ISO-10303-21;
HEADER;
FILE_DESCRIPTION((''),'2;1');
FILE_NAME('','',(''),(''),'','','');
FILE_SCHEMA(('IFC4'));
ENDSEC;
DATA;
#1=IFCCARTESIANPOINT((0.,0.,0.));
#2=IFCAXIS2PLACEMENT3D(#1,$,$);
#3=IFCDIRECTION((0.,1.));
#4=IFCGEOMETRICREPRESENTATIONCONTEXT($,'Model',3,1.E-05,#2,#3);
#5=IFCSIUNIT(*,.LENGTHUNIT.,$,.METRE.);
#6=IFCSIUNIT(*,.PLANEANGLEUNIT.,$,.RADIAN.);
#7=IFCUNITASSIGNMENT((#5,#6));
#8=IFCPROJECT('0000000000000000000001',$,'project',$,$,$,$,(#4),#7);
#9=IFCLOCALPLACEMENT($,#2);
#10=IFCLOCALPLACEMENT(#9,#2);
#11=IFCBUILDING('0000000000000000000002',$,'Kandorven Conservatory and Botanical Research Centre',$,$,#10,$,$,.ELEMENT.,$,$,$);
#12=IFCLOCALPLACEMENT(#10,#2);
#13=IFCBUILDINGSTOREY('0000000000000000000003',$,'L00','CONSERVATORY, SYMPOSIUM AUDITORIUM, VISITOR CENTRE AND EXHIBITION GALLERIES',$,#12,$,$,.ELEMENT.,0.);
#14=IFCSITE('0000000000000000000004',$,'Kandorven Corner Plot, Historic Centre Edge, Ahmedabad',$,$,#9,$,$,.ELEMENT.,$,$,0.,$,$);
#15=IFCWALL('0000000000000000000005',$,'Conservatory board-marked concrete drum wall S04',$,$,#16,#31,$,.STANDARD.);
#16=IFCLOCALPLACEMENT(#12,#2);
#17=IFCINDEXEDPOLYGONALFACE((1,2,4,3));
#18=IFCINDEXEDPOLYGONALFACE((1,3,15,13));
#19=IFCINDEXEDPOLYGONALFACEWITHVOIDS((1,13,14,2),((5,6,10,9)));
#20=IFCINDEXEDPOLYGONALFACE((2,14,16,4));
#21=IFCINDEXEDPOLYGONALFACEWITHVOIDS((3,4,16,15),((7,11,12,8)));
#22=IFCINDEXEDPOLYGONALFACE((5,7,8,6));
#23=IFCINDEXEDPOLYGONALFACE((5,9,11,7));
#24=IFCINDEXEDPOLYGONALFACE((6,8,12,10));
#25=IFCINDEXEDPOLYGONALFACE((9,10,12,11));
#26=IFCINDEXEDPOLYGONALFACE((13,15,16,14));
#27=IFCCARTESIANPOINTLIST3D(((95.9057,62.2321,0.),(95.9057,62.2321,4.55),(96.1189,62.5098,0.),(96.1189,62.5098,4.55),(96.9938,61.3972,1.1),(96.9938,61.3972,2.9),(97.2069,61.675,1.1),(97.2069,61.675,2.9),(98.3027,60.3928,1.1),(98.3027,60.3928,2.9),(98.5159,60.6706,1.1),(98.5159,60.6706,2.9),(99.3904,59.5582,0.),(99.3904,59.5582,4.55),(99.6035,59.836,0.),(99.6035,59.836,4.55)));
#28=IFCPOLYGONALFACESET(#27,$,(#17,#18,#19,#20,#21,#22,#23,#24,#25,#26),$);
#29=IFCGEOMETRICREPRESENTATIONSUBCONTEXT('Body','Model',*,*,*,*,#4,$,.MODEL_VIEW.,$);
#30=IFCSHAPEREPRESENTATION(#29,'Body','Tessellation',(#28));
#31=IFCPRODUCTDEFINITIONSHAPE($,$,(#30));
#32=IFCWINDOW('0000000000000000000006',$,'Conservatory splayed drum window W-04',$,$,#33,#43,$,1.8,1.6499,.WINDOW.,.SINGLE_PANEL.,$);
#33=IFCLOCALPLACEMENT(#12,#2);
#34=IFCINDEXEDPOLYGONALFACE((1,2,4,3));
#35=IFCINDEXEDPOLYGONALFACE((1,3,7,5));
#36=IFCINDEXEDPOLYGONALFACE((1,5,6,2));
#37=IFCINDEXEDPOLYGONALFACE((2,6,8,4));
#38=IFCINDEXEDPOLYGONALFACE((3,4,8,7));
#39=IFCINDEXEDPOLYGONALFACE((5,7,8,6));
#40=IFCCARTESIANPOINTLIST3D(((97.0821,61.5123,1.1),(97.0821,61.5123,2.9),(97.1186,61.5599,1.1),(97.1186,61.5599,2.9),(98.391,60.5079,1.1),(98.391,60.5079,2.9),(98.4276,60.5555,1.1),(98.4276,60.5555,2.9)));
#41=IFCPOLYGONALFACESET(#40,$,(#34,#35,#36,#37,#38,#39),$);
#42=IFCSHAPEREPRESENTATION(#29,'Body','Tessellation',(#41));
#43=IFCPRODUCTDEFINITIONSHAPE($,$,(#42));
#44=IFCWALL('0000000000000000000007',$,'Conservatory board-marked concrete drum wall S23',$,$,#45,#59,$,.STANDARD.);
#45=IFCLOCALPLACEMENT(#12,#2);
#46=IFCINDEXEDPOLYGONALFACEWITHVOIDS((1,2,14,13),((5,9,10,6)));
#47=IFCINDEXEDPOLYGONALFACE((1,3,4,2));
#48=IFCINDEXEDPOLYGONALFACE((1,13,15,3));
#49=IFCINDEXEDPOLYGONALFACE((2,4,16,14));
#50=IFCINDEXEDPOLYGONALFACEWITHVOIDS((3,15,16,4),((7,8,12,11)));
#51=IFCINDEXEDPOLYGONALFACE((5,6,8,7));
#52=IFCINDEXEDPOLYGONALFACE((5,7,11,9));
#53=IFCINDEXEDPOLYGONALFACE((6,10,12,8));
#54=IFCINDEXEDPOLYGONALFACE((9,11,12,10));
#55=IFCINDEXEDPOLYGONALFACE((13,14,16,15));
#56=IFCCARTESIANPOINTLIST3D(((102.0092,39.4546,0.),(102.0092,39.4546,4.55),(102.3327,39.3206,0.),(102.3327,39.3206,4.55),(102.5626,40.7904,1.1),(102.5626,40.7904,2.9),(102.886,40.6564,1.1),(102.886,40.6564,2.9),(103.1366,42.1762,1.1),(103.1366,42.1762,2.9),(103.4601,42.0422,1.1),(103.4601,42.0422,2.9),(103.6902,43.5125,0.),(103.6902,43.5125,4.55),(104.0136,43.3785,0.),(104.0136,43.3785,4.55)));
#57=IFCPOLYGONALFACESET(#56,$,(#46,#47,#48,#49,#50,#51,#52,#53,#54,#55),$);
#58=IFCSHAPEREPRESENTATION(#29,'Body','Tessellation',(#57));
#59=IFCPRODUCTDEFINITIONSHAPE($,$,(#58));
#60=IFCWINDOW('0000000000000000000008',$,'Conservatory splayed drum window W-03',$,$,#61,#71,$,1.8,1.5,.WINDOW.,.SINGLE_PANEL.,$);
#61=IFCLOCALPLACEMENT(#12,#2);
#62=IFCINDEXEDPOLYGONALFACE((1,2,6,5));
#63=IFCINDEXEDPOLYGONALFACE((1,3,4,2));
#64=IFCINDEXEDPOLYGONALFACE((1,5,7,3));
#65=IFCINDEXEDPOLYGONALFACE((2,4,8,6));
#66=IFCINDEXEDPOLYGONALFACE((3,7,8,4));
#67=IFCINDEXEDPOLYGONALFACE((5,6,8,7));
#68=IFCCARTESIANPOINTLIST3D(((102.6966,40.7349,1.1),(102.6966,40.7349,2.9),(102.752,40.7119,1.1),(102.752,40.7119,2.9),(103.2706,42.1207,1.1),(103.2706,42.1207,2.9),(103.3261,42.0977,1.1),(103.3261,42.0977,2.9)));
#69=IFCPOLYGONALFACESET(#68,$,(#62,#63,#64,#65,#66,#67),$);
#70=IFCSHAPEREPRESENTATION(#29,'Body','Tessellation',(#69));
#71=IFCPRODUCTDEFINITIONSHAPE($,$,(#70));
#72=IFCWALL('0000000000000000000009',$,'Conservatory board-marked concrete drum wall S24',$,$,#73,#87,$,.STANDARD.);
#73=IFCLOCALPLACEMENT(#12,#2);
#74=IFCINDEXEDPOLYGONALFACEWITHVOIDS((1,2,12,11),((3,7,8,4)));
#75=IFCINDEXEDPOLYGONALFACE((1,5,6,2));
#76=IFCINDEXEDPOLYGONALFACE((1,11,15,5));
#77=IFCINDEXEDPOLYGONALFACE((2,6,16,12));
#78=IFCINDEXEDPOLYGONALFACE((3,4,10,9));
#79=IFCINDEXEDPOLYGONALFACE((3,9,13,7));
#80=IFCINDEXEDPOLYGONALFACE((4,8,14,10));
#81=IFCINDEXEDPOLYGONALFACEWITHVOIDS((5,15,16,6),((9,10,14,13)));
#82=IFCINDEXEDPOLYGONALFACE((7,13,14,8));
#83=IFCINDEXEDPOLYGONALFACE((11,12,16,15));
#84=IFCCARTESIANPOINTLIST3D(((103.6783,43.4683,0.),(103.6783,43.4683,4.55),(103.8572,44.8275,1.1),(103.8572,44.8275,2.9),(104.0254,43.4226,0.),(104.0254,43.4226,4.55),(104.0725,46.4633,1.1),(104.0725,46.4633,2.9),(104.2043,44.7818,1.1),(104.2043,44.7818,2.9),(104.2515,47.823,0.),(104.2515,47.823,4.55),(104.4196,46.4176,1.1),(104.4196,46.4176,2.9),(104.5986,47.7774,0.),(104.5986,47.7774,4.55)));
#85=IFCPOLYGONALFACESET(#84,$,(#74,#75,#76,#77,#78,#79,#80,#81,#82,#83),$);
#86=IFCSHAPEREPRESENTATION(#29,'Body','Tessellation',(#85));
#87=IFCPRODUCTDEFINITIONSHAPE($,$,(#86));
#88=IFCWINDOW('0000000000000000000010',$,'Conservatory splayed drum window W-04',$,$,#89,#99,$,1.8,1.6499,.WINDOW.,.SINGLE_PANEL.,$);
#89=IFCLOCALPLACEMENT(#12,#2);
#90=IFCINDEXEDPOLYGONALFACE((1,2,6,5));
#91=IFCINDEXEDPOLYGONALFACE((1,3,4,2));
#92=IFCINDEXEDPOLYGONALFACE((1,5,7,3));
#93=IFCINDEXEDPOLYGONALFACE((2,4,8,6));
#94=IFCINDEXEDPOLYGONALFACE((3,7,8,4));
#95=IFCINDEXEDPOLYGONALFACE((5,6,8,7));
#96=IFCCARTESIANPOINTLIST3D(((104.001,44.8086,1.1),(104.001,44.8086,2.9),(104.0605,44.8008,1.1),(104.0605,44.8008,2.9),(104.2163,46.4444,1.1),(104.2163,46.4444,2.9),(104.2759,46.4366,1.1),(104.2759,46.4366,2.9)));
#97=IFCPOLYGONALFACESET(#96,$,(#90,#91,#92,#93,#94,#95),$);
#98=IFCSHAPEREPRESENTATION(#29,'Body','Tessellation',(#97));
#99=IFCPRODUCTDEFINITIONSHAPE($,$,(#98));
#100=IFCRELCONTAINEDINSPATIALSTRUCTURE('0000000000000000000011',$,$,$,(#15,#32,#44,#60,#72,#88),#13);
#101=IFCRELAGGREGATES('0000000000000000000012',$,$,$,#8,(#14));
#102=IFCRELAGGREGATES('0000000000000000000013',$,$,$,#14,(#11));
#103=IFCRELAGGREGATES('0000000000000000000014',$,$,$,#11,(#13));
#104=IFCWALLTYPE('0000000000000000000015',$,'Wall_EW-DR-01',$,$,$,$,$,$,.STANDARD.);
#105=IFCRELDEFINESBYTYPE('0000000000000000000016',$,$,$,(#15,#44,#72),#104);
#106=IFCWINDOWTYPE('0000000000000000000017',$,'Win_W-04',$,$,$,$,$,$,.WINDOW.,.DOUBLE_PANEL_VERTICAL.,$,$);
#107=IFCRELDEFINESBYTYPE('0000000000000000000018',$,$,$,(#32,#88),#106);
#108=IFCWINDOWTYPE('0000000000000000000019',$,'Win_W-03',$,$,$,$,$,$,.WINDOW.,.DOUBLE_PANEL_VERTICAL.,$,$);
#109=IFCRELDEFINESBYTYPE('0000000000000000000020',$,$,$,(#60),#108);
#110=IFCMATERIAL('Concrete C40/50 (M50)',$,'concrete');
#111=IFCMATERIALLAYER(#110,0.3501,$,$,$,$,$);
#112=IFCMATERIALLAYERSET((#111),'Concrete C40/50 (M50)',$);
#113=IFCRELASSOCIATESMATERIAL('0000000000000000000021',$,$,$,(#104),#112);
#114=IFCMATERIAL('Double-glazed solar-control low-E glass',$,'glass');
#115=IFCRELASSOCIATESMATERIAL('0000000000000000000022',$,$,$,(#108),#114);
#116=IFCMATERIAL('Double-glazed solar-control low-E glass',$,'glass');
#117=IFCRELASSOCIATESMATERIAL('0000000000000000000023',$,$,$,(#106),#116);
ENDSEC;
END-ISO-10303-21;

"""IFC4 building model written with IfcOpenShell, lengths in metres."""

from ifc_helpers import new_model, si_unit, direction, frame, frame_2d, origin, place, context, subcontext, project, spatial, rectangle, extrude, material, layer, layer_set, type_object, element, fill, save


model = new_model("IFC4")

# Units and contexts
model_context = context("Model", 3, precision=1e-05, world=origin(), true_north=direction((0.0, 1.0)))
body_context = subcontext(model_context, "Body", "Model", "MODEL_VIEW")
ifc_project = project(units=[si_unit("LENGTHUNIT", "METRE"), si_unit("PLANEANGLEUNIT", "RADIAN")], contexts=[model_context])

# Site, building, storey
site_placement = place(None, origin())
site = spatial("IfcSite", under=ifc_project, at=site_placement, Name="Kandorven Corner Plot, Historic Centre Edge, Ahmedabad", CompositionType="ELEMENT", RefElevation=0.0)
building_placement = place(site_placement, origin())
building = spatial("IfcBuilding", under=site, at=building_placement, Name="Kandorven Conservatory and Botanical Research Centre", CompositionType="ELEMENT")
storey_placement = place(building_placement, origin())
storey = spatial("IfcBuildingStorey", under=building, at=storey_placement, Name="L00", Description="CONSERVATORY, SYMPOSIUM AUDITORIUM, VISITOR CENTRE AND EXHIBITION GALLERIES", CompositionType="ELEMENT", Elevation=0.0)

# Walls, openings, windows
ifc_material_1 = material(Name="Concrete C40/50 (M50)", Category="concrete")
ifc_layer = layer(ifc_material_1, 0.3501)
ifc_layer_set = layer_set([ifc_layer], Name="Concrete C40/50 (M50)")
wall_type = type_object("IfcWallType", Name="Wall_EW-DR-01", PredefinedType="STANDARD", material=ifc_layer_set)
ifc_material_2 = material(Name="Double-glazed solar-control low-E glass", Category="glass")
window_type_1 = type_object("IfcWindowType", Name="Win_W-03", PartitioningType="DOUBLE_PANEL_VERTICAL", PredefinedType="WINDOW", material=ifc_material_2)
wall_1_placement = place(storey_placement, frame((99.4971, 59.697, 0.0), z_axis=(0.0, 0.0, 1.0), x_axis=(-0.793355, 0.608759, 0.0)))
wall_1 = element("IfcWall", 1, at=wall_1_placement, inside=storey, type_object=wall_type, Name="Conservatory board-marked concrete drum wall S04", PredefinedType="STANDARD", context=body_context, shape_type="SweptSolid", body=[
    extrude(rectangle(XDim=4.3923, YDim=0.3501, at=frame_2d((2.1963, 0.0))), origin(), (0.0, 0.0, 1.0), 4.55),
])
opening_1_placement = place(wall_1_placement, frame((1.3711, 0.0, 1.1001)))
opening_1 = element("IfcOpeningElement", 2, at=opening_1_placement, cuts=wall_1, PredefinedType="OPENING", context=body_context, shape_type="SweptSolid", body=[
    extrude(rectangle(XDim=1.6499, YDim=1.8, at=frame_2d((0.825, 0.8999))), frame((0.0, 0.1851, 0.0), z_axis=(0.0, -1.0, 0.0), x_axis=(1.0, 0.0, 0.0)), (0.0, 0.0, 1.0), 0.3701),
])
ifc_material_3 = material(Name="Double-glazed solar-control low-E glass", Category="glass")
window_type_2 = type_object("IfcWindowType", Name="Win_W-04", PartitioningType="DOUBLE_PANEL_VERTICAL", PredefinedType="WINDOW", material=ifc_material_3)
window_1_placement = place(opening_1_placement, origin())
window_1 = element("IfcWindow", 3, at=window_1_placement, inside=storey, type_object=window_type_2, Name="Conservatory splayed drum window W-04", OverallHeight=1.8, OverallWidth=1.6499, PartitioningType="SINGLE_PANEL", PredefinedType="WINDOW", context=body_context, shape_type="SweptSolid", body=[
    extrude(rectangle(XDim=1.6499, YDim=1.8, at=frame_2d((0.825, 0.8999))), frame((0.0, 0.03, 0.0), z_axis=(0.0, -1.0, 0.0), x_axis=(1.0, 0.0, 0.0)), (0.0, 0.0, 1.0), 0.0601),
])
fill(opening_1, window_1)
wall_2_placement = place(storey_placement, frame((102.1709, 39.3875, 0.0), z_axis=(0.0, 0.0, 1.0), x_axis=(0.3827, 0.923873, 0.0)))
wall_2 = element("IfcWall", 4, at=wall_2_placement, inside=storey, type_object=wall_type, Name="Conservatory board-marked concrete drum wall S23", PredefinedType="STANDARD", context=body_context, shape_type="SweptSolid", body=[
    extrude(rectangle(XDim=4.3923, YDim=0.3501, at=frame_2d((2.1963, 0.0))), origin(), (0.0, 0.0, 1.0), 4.55),
])
opening_2_placement = place(wall_2_placement, frame((1.446, 0.0, 1.1001)))
opening_2 = element("IfcOpeningElement", 5, at=opening_2_placement, cuts=wall_2, PredefinedType="OPENING", context=body_context, shape_type="SweptSolid", body=[
    extrude(rectangle(XDim=1.5, YDim=1.8, at=frame_2d((0.75, 0.8999))), frame((0.0, 0.1851, 0.0), z_axis=(0.0, -1.0, 0.0), x_axis=(1.0, 0.0, 0.0)), (0.0, 0.0, 1.0), 0.3701),
])
window_2_placement = place(opening_2_placement, origin())
window_2 = element("IfcWindow", 6, at=window_2_placement, inside=storey, type_object=window_type_1, Name="Conservatory splayed drum window W-03", OverallHeight=1.8, OverallWidth=1.5, PartitioningType="SINGLE_PANEL", PredefinedType="WINDOW", context=body_context, shape_type="SweptSolid", body=[
    extrude(rectangle(XDim=1.5, YDim=1.8, at=frame_2d((0.75, 0.8999))), frame((0.0, 0.03, 0.0), z_axis=(0.0, -1.0, 0.0), x_axis=(1.0, 0.0, 0.0)), (0.0, 0.0, 1.0), 0.0601),
])
fill(opening_2, window_2)
wall_3_placement = place(storey_placement, frame((103.8518, 43.4453, 0.0), z_axis=(0.0, 0.0, 1.0), x_axis=(0.130511, 0.991447, 0.0)))
wall_3 = element("IfcWall", 7, at=wall_3_placement, inside=storey, type_object=wall_type, Name="Conservatory board-marked concrete drum wall S24", PredefinedType="STANDARD", context=body_context, shape_type="SweptSolid", body=[
    extrude(rectangle(XDim=4.3923, YDim=0.3501, at=frame_2d((2.1963, 0.0))), origin(), (0.0, 0.0, 1.0), 4.55),
])
opening_3_placement = place(wall_3_placement, frame((1.3711, 0.0, 1.1001)))
opening_3 = element("IfcOpeningElement", 8, at=opening_3_placement, cuts=wall_3, PredefinedType="OPENING", context=body_context, shape_type="SweptSolid", body=[
    extrude(rectangle(XDim=1.6499, YDim=1.8, at=frame_2d((0.825, 0.8999))), frame((0.0, 0.1851, 0.0), z_axis=(0.0, -1.0, 0.0), x_axis=(1.0, 0.0, 0.0)), (0.0, 0.0, 1.0), 0.3701),
])
window_3_placement = place(opening_3_placement, origin())
window_3 = element("IfcWindow", 9, at=window_3_placement, inside=storey, type_object=window_type_2, Name="Conservatory splayed drum window W-04", OverallHeight=1.8, OverallWidth=1.6499, PartitioningType="SINGLE_PANEL", PredefinedType="WINDOW", context=body_context, shape_type="SweptSolid", body=[
    extrude(rectangle(XDim=1.6499, YDim=1.8, at=frame_2d((0.825, 0.8999))), frame((0.0, 0.03, 0.0), z_axis=(0.0, -1.0, 0.0), x_axis=(1.0, 0.0, 0.0)), (0.0, 0.0, 1.0), 0.0601),
])
fill(opening_3, window_3)

save(model, "model.ifc")
